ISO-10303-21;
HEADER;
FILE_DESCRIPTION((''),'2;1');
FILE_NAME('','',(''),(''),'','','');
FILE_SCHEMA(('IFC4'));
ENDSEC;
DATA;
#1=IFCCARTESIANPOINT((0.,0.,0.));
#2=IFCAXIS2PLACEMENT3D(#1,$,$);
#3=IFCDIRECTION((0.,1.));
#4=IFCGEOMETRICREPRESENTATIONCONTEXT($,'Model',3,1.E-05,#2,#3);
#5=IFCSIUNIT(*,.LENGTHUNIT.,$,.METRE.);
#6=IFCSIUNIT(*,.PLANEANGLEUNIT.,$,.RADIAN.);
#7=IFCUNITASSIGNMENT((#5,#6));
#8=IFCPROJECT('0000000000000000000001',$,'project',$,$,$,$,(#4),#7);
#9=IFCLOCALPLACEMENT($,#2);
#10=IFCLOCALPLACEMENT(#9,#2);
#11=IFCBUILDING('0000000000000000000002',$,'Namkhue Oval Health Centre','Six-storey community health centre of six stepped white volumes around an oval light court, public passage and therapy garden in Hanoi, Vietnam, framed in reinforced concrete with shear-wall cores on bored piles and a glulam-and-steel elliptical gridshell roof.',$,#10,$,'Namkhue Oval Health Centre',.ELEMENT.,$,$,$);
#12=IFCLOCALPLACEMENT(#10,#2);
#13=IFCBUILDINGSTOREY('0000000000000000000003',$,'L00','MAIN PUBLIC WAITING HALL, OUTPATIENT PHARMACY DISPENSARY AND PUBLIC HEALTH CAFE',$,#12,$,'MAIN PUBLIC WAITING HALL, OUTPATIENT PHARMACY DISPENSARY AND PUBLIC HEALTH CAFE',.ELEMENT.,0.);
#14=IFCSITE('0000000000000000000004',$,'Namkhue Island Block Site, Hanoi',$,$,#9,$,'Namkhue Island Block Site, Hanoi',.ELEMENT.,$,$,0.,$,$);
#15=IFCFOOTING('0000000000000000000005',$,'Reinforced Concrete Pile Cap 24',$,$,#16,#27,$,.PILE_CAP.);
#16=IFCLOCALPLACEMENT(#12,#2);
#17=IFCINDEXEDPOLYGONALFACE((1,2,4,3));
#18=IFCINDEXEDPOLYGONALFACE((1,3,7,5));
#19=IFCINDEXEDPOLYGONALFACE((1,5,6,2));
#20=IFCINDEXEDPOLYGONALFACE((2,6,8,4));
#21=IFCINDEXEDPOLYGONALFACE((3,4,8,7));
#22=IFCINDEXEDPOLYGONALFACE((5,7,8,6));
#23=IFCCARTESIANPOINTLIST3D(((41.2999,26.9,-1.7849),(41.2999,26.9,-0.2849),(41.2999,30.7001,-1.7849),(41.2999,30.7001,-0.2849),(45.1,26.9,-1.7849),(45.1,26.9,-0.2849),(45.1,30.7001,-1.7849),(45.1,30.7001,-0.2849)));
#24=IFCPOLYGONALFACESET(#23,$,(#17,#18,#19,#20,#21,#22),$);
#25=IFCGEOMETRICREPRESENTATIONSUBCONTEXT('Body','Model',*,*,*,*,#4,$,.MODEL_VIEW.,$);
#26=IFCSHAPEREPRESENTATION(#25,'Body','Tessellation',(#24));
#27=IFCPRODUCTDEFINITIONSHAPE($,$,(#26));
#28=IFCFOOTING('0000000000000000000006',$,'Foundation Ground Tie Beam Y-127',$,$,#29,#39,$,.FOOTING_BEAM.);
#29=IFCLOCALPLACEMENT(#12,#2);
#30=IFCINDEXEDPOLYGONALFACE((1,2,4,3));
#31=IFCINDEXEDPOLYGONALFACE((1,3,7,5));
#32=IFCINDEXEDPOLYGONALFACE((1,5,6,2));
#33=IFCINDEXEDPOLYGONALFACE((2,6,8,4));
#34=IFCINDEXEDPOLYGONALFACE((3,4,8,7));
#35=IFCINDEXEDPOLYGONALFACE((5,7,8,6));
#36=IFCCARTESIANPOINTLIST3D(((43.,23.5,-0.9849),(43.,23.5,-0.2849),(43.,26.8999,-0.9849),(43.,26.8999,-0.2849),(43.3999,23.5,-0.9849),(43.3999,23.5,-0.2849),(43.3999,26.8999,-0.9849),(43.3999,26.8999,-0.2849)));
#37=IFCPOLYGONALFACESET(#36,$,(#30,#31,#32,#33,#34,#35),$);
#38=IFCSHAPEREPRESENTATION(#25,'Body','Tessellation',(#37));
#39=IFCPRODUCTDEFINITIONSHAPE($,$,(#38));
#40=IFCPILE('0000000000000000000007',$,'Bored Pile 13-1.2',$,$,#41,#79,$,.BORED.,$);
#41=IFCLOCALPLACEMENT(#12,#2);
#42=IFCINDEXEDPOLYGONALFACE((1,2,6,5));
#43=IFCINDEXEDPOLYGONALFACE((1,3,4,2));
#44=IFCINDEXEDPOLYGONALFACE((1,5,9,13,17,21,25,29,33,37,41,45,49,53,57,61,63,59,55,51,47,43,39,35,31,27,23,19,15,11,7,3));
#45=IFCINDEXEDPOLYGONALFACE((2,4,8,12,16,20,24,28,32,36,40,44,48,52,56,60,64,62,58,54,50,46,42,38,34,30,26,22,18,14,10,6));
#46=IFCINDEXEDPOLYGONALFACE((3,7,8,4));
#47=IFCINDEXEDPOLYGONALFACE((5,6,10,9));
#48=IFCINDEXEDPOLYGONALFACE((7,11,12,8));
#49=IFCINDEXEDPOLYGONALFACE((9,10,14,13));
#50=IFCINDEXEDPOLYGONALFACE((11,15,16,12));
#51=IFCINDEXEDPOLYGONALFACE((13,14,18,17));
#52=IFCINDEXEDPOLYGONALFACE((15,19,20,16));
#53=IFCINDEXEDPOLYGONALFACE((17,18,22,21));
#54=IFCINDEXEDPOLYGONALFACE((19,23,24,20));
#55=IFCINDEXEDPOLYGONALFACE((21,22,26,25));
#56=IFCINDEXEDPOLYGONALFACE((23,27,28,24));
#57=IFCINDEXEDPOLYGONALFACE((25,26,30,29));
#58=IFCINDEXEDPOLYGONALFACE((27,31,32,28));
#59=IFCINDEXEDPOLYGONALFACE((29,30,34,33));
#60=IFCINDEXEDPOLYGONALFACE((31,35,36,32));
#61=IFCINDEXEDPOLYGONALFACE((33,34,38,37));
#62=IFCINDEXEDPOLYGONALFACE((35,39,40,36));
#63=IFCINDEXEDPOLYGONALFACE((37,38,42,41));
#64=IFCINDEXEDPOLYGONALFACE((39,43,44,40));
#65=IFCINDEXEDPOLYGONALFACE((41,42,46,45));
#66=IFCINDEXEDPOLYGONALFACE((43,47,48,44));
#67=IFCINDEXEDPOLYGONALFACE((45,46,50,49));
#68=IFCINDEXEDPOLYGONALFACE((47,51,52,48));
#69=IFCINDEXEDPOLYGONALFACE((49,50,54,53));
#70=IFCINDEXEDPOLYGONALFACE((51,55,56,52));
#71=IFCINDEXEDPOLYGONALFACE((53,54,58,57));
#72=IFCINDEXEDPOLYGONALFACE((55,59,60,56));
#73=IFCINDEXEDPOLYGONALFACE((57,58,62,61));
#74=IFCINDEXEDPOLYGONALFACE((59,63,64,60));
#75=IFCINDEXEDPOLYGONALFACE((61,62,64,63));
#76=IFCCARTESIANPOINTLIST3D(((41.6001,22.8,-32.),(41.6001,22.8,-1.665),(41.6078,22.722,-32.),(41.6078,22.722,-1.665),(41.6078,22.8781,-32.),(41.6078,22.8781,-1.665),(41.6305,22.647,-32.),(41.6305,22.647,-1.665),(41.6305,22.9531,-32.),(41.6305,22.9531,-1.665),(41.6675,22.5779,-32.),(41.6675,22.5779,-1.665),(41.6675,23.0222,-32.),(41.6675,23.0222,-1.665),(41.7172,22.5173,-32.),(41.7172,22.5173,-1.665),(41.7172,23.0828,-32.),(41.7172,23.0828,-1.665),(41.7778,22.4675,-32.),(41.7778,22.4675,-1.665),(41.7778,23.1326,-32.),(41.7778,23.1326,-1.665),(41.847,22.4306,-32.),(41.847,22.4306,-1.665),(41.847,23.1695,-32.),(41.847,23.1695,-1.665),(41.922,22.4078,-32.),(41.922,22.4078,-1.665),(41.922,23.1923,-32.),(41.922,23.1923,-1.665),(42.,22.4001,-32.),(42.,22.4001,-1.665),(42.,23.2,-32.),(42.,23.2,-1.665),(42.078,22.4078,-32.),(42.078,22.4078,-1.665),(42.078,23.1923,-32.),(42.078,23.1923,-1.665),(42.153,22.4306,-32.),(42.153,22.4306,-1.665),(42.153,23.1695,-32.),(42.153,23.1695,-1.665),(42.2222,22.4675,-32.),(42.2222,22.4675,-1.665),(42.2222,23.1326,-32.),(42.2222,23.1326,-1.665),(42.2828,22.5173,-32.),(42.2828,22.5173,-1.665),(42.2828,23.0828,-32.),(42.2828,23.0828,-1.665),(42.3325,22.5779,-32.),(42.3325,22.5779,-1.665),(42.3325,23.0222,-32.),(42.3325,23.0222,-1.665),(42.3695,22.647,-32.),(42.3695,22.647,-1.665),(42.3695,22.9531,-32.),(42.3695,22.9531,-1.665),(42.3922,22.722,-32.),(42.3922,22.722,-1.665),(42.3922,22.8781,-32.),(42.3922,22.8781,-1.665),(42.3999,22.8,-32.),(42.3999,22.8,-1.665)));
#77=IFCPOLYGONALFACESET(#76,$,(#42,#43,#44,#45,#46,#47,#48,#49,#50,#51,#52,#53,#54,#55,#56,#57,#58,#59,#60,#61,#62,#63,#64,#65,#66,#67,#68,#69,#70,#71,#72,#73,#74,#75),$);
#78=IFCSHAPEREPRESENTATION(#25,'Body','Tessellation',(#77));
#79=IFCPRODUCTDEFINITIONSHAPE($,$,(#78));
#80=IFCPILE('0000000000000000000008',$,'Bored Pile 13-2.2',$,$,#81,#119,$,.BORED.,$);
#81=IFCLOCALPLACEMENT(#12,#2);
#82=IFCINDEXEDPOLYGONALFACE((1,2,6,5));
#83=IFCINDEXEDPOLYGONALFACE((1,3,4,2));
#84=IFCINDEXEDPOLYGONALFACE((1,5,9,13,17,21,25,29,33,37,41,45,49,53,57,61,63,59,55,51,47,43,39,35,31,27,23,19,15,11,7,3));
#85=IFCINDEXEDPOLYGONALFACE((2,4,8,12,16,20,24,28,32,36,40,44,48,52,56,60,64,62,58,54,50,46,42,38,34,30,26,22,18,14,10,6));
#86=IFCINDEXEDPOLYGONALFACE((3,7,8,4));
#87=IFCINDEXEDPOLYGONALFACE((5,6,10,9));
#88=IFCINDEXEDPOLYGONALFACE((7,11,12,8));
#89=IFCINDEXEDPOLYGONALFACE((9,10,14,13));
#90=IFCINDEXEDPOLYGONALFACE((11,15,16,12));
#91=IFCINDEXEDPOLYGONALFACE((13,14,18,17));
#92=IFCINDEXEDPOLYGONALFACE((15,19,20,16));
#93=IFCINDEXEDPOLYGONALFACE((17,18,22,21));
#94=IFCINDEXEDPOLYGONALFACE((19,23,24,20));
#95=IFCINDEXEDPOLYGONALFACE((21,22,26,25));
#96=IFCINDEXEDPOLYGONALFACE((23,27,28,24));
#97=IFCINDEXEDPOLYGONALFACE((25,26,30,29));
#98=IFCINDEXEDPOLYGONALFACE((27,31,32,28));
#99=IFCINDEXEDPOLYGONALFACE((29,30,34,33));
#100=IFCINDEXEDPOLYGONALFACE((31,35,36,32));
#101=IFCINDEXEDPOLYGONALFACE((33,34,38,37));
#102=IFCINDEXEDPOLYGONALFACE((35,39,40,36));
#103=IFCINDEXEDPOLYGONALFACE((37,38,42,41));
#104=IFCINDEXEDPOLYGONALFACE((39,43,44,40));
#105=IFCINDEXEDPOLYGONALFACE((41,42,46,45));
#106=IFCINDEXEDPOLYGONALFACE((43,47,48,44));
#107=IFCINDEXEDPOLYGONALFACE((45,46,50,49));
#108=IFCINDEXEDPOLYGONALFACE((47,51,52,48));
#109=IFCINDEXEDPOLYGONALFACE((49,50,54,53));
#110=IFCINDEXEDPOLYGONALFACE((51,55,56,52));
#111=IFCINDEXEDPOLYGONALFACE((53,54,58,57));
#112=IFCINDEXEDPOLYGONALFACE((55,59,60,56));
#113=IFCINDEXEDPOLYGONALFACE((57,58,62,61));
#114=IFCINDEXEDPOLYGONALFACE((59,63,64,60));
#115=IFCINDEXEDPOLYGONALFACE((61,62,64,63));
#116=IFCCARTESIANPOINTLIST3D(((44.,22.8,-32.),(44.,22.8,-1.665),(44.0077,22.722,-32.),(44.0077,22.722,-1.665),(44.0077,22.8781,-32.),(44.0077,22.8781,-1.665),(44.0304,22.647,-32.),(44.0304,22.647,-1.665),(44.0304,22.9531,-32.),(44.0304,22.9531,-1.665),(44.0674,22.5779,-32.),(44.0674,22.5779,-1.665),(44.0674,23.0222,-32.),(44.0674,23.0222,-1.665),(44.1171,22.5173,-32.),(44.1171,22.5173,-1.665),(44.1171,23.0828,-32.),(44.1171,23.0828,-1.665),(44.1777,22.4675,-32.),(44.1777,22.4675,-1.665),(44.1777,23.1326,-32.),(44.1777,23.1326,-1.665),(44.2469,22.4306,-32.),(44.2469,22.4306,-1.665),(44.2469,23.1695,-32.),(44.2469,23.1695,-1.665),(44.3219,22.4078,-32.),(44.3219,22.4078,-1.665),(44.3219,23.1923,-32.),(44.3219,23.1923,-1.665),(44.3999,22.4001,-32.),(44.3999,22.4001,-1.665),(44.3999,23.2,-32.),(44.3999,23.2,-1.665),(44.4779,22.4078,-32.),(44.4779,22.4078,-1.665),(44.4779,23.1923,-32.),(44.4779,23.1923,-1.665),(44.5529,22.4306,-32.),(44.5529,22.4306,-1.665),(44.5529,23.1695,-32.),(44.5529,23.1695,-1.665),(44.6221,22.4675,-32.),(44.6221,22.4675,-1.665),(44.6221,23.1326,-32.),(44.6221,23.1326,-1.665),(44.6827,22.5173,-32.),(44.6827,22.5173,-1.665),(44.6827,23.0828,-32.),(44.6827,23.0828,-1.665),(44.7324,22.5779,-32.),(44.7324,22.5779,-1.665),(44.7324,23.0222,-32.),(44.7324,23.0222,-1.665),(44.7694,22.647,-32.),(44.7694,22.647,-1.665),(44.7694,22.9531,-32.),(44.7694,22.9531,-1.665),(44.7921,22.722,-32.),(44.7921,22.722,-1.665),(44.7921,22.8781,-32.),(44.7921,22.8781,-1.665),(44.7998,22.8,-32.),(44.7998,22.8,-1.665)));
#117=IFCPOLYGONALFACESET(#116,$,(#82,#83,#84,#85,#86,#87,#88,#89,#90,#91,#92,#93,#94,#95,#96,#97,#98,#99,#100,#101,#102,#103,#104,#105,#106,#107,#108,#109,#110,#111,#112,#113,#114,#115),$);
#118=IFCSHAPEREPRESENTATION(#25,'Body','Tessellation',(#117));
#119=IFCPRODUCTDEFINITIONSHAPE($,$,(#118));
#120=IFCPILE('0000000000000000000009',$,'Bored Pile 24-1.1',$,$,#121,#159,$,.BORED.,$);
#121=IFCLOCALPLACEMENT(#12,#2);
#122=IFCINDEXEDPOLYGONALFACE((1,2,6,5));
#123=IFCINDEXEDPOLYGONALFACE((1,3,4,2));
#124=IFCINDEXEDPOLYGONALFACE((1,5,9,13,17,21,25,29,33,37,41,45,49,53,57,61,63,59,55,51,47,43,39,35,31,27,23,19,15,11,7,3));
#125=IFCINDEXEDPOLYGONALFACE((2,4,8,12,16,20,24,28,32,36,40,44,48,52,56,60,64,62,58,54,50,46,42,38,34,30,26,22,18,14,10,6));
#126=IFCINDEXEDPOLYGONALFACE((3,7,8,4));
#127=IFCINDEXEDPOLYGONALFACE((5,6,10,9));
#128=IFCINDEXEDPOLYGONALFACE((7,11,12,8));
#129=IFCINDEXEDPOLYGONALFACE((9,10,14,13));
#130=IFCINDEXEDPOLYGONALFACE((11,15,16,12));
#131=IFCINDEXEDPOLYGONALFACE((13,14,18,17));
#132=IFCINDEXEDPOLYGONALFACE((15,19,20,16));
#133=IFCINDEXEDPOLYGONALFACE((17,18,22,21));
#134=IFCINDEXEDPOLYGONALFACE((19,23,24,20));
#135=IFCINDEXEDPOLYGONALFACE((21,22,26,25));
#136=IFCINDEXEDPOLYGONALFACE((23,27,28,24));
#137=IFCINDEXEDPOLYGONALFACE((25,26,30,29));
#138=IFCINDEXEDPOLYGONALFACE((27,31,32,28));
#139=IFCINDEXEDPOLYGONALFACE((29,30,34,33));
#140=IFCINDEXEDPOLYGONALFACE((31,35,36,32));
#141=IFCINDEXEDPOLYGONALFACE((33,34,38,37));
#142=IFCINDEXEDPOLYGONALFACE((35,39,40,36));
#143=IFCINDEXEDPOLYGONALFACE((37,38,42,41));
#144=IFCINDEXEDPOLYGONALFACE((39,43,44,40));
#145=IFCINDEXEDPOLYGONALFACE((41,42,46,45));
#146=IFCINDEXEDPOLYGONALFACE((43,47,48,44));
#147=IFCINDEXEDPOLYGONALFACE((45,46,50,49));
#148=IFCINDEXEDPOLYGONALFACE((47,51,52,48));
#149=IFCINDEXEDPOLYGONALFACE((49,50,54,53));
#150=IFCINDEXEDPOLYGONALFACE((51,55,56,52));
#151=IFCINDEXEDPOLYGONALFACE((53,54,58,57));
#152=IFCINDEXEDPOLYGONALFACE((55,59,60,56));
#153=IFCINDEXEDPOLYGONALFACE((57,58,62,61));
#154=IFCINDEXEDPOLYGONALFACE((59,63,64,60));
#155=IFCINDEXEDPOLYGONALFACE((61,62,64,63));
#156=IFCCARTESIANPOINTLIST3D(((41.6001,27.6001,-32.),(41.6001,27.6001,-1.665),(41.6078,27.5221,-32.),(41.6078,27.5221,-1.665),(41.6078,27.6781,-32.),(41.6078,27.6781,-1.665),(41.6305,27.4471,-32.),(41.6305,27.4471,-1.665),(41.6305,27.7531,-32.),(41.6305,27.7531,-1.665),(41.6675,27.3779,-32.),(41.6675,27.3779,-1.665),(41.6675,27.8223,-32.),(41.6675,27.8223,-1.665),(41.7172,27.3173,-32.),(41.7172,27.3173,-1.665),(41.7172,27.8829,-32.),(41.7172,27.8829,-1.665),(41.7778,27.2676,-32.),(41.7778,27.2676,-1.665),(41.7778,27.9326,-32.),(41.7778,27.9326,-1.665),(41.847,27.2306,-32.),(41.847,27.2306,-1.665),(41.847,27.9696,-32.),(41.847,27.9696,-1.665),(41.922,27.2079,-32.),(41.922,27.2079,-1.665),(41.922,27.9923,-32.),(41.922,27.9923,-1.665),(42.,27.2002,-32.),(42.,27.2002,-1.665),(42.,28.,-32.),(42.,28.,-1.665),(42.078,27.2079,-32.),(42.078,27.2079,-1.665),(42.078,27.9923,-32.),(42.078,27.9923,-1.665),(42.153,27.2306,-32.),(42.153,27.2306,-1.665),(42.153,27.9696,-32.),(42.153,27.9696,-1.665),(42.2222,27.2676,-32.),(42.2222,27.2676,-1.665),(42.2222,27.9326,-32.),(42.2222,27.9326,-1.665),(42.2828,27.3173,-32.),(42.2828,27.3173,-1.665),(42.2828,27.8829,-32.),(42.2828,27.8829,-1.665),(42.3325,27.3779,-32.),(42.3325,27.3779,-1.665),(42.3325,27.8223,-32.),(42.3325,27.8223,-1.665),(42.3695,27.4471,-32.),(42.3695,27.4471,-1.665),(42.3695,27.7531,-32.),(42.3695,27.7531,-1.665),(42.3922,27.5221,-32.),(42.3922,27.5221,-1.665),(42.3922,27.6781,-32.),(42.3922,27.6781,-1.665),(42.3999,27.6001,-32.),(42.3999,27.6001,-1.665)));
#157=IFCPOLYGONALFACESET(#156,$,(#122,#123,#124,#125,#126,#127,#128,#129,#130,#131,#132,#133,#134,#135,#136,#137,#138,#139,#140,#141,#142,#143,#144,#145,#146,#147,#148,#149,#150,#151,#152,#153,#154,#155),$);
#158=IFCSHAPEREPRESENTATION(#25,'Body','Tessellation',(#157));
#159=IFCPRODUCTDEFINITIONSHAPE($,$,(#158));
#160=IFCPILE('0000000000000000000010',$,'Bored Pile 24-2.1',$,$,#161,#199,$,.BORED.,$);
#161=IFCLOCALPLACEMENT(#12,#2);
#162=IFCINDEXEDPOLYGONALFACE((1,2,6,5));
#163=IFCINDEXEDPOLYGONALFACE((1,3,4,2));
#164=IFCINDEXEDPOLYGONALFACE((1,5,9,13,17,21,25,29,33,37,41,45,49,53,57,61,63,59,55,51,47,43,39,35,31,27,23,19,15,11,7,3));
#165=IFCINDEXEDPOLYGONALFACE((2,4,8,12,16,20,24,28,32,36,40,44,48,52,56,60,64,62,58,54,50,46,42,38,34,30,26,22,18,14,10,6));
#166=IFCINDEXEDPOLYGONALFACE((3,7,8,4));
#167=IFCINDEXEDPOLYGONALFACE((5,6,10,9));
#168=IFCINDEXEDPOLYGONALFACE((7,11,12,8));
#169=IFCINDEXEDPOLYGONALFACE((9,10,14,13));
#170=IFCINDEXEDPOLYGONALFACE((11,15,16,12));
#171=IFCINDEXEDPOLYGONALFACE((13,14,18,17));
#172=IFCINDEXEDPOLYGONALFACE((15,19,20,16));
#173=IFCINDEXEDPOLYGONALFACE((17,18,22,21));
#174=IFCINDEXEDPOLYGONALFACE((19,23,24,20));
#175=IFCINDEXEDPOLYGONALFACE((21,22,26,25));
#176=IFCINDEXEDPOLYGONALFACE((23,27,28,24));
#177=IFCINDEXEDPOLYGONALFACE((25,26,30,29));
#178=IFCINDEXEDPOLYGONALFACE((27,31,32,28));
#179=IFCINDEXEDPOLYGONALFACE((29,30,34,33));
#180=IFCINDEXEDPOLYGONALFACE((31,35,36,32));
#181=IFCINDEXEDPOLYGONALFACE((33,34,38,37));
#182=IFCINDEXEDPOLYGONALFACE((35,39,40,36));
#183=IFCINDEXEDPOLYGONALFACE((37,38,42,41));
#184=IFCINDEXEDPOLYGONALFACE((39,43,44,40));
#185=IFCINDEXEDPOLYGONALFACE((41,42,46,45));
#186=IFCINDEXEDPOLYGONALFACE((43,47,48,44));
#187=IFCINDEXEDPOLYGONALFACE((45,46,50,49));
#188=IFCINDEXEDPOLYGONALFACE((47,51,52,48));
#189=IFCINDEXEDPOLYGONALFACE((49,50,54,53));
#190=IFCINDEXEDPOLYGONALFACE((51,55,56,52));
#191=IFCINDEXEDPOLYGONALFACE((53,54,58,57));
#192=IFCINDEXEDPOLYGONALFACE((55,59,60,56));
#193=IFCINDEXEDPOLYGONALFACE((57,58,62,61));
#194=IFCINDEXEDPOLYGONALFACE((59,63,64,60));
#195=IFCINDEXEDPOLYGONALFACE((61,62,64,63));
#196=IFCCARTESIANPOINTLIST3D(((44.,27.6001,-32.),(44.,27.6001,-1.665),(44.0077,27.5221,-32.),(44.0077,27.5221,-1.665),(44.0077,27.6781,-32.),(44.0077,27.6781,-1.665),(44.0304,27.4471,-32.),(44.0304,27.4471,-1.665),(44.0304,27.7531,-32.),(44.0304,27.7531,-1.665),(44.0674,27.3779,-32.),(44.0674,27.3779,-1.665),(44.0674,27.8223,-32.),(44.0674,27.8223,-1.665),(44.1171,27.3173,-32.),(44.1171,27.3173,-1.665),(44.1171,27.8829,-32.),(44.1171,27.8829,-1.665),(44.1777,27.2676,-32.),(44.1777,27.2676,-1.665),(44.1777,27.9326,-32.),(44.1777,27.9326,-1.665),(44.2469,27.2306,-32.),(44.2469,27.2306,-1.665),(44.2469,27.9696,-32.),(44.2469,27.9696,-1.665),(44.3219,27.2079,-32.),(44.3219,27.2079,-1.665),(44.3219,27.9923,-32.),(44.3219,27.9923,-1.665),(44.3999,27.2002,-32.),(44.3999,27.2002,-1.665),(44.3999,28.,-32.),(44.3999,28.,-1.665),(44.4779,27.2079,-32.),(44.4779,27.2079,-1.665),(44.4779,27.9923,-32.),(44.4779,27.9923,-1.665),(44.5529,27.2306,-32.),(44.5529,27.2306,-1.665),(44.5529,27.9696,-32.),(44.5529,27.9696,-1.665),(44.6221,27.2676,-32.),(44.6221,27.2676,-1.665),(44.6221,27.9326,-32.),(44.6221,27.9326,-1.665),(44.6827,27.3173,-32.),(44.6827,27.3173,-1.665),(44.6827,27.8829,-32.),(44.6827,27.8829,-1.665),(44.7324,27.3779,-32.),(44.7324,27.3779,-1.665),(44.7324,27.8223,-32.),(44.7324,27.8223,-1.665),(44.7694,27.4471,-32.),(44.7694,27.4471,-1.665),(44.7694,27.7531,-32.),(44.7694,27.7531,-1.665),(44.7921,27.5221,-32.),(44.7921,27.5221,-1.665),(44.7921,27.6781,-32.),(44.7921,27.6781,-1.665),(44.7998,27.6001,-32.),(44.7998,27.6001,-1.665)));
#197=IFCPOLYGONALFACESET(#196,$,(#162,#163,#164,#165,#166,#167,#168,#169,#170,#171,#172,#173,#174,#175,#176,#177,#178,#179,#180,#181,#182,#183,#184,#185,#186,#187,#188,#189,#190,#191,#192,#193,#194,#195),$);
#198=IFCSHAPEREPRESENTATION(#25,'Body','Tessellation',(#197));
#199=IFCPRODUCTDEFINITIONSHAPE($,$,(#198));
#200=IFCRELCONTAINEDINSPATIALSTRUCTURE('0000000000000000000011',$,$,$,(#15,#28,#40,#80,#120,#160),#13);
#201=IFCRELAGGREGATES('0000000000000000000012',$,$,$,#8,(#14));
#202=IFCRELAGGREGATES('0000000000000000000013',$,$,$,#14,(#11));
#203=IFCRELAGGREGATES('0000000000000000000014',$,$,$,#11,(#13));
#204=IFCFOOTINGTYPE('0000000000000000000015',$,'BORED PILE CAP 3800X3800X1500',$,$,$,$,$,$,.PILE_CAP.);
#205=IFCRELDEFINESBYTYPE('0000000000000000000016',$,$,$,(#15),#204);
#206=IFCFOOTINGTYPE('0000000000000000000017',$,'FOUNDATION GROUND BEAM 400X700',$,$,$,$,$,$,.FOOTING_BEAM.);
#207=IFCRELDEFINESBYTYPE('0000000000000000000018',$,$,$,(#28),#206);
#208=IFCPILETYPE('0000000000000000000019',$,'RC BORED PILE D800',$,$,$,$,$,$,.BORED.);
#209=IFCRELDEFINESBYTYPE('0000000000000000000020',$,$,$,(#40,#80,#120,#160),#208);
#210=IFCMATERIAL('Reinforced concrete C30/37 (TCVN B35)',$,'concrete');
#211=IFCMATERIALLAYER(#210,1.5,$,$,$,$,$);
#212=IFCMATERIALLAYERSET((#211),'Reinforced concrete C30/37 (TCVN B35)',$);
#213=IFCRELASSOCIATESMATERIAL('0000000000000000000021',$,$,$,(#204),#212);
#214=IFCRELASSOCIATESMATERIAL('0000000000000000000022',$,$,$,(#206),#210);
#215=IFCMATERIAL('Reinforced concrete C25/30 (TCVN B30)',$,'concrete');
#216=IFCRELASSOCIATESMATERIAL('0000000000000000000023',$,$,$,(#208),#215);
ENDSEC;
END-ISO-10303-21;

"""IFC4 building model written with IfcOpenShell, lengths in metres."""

from ifc_helpers import new_model, si_unit, direction, frame, origin, origin_2d, place, context, subcontext, project, spatial, rectangle, circle, extrude, material, layer, layer_set, material_profile, profile_set, type_object, element, save


model = new_model("IFC4")

# Units and contexts
model_context = context("Model", 3, precision=1e-05, world=origin(), true_north=direction((0.0, 1.0)))
body_context = subcontext(model_context, "Body", "Model", "MODEL_VIEW")
ifc_project = project(units=[si_unit("LENGTHUNIT", "METRE"), si_unit("PLANEANGLEUNIT", "RADIAN")], contexts=[model_context])

# Site, building, storey
site_placement = place(None, origin())
site = spatial("IfcSite", under=ifc_project, at=site_placement, Name="Namkhue Island Block Site, Hanoi", LongName="Namkhue Island Block Site, Hanoi", CompositionType="ELEMENT", RefElevation=0.0)
building_placement = place(site_placement, origin())
building = spatial("IfcBuilding", under=site, at=building_placement, Name="Namkhue Oval Health Centre", Description="Six-storey community health centre of six stepped white volumes around an oval light court, public passage and therapy garden in Hanoi, Vietnam, framed in reinforced concrete with shear-wall cores on bored piles and a glulam-and-steel elliptical gridshell roof.", LongName="Namkhue Oval Health Centre", CompositionType="ELEMENT")
storey_placement = place(building_placement, origin())
storey = spatial("IfcBuildingStorey", under=building, at=storey_placement, Name="L00", Description="MAIN PUBLIC WAITING HALL, OUTPATIENT PHARMACY DISPENSARY AND PUBLIC HEALTH CAFE", LongName="MAIN PUBLIC WAITING HALL, OUTPATIENT PHARMACY DISPENSARY AND PUBLIC HEALTH CAFE", CompositionType="ELEMENT", Elevation=0.0)

# Footings
ifc_material_1 = material(Name="Reinforced concrete C30/37 (TCVN B35)", Category="concrete")
ifc_layer_1 = layer(ifc_material_1, 1.5)
ifc_layer_set_1 = layer_set([ifc_layer_1], Name="Reinforced concrete C30/37 (TCVN B35)")
footing_type_1 = type_object("IfcFootingType", Name="BORED PILE CAP 3800X3800X1500", PredefinedType="PILE_CAP", material=ifc_layer_set_1)
footing_1_placement = place(storey_placement, frame((43.2, 28.8, -1.7849), z_axis=(0.0, 0.0, 1.0), x_axis=(1.0, 0.0, 0.0)))
element("IfcFooting", 1, at=footing_1_placement, inside=storey, type_object=footing_type_1, Name="Reinforced Concrete Pile Cap 24", PredefinedType="PILE_CAP", context=body_context, shape_type="SweptSolid", body=[
    extrude(rectangle(XDim=3.8, YDim=3.8, at=origin_2d()), origin(), (0.0, 0.0, 1.0), 1.5),
])
footing_type_2 = type_object("IfcFootingType", Name="FOUNDATION GROUND BEAM 400X700", PredefinedType="FOOTING_BEAM", material=ifc_material_1)
footing_2_placement = place(storey_placement, frame((43.2, 25.2, -0.9849), z_axis=(0.0, 0.0, 1.0), x_axis=(0.0, 1.0, 0.0)))
element("IfcFooting", 2, at=footing_2_placement, inside=storey, type_object=footing_type_2, Name="Foundation Ground Tie Beam Y-127", PredefinedType="FOOTING_BEAM", context=body_context, shape_type="SweptSolid", body=[
    extrude(rectangle(XDim=3.3999, YDim=0.3999, at=origin_2d()), origin(), (0.0, 0.0, 1.0), 0.7),
])

# Piles
ifc_material_2 = material(Name="Reinforced concrete C25/30 (TCVN B30)", Category="concrete")
ifc_material_profile_1 = material_profile(ifc_material_2, circle(Radius=0.3999, at=origin_2d()), Name="BORED PILE D800")
ifc_profile_set_1 = profile_set([ifc_material_profile_1], Name="Reinforced concrete C25/30 (TCVN B30)")
pile_type = type_object("IfcPileType", Name="RC BORED PILE D800", PredefinedType="BORED", material=ifc_profile_set_1)
for number, where, z_axis, x_axis, name in (
    (3, (42.0, 22.8, -1.665), (0.0, 0.0, -1.0), (1.0, 0.0, 0.0), "Bored Pile 13-1.2"),
    (4, (44.3999, 22.8, -1.665), (0.0, 0.0, -1.0), (1.0, 0.0, 0.0), "Bored Pile 13-2.2"),
    (5, (42.0, 27.6001, -1.665), (0.0, 0.0, -1.0), (1.0, 0.0, 0.0), "Bored Pile 24-1.1"),
    (6, (44.3999, 27.6001, -1.665), (0.0, 0.0, -1.0), (1.0, 0.0, 0.0), "Bored Pile 24-2.1"),
):
    element("IfcPile", number, at=place(storey_placement, frame(where, z_axis=z_axis, x_axis=x_axis)), inside=storey, type_object=pile_type, Name=name, PredefinedType="BORED", context=body_context, shape_type="SweptSolid", body=[
        extrude(circle(Radius=0.3999, at=origin_2d()), origin(), (0.0, 0.0, 1.0), 30.335),
    ])

save(model, "model.ifc")
